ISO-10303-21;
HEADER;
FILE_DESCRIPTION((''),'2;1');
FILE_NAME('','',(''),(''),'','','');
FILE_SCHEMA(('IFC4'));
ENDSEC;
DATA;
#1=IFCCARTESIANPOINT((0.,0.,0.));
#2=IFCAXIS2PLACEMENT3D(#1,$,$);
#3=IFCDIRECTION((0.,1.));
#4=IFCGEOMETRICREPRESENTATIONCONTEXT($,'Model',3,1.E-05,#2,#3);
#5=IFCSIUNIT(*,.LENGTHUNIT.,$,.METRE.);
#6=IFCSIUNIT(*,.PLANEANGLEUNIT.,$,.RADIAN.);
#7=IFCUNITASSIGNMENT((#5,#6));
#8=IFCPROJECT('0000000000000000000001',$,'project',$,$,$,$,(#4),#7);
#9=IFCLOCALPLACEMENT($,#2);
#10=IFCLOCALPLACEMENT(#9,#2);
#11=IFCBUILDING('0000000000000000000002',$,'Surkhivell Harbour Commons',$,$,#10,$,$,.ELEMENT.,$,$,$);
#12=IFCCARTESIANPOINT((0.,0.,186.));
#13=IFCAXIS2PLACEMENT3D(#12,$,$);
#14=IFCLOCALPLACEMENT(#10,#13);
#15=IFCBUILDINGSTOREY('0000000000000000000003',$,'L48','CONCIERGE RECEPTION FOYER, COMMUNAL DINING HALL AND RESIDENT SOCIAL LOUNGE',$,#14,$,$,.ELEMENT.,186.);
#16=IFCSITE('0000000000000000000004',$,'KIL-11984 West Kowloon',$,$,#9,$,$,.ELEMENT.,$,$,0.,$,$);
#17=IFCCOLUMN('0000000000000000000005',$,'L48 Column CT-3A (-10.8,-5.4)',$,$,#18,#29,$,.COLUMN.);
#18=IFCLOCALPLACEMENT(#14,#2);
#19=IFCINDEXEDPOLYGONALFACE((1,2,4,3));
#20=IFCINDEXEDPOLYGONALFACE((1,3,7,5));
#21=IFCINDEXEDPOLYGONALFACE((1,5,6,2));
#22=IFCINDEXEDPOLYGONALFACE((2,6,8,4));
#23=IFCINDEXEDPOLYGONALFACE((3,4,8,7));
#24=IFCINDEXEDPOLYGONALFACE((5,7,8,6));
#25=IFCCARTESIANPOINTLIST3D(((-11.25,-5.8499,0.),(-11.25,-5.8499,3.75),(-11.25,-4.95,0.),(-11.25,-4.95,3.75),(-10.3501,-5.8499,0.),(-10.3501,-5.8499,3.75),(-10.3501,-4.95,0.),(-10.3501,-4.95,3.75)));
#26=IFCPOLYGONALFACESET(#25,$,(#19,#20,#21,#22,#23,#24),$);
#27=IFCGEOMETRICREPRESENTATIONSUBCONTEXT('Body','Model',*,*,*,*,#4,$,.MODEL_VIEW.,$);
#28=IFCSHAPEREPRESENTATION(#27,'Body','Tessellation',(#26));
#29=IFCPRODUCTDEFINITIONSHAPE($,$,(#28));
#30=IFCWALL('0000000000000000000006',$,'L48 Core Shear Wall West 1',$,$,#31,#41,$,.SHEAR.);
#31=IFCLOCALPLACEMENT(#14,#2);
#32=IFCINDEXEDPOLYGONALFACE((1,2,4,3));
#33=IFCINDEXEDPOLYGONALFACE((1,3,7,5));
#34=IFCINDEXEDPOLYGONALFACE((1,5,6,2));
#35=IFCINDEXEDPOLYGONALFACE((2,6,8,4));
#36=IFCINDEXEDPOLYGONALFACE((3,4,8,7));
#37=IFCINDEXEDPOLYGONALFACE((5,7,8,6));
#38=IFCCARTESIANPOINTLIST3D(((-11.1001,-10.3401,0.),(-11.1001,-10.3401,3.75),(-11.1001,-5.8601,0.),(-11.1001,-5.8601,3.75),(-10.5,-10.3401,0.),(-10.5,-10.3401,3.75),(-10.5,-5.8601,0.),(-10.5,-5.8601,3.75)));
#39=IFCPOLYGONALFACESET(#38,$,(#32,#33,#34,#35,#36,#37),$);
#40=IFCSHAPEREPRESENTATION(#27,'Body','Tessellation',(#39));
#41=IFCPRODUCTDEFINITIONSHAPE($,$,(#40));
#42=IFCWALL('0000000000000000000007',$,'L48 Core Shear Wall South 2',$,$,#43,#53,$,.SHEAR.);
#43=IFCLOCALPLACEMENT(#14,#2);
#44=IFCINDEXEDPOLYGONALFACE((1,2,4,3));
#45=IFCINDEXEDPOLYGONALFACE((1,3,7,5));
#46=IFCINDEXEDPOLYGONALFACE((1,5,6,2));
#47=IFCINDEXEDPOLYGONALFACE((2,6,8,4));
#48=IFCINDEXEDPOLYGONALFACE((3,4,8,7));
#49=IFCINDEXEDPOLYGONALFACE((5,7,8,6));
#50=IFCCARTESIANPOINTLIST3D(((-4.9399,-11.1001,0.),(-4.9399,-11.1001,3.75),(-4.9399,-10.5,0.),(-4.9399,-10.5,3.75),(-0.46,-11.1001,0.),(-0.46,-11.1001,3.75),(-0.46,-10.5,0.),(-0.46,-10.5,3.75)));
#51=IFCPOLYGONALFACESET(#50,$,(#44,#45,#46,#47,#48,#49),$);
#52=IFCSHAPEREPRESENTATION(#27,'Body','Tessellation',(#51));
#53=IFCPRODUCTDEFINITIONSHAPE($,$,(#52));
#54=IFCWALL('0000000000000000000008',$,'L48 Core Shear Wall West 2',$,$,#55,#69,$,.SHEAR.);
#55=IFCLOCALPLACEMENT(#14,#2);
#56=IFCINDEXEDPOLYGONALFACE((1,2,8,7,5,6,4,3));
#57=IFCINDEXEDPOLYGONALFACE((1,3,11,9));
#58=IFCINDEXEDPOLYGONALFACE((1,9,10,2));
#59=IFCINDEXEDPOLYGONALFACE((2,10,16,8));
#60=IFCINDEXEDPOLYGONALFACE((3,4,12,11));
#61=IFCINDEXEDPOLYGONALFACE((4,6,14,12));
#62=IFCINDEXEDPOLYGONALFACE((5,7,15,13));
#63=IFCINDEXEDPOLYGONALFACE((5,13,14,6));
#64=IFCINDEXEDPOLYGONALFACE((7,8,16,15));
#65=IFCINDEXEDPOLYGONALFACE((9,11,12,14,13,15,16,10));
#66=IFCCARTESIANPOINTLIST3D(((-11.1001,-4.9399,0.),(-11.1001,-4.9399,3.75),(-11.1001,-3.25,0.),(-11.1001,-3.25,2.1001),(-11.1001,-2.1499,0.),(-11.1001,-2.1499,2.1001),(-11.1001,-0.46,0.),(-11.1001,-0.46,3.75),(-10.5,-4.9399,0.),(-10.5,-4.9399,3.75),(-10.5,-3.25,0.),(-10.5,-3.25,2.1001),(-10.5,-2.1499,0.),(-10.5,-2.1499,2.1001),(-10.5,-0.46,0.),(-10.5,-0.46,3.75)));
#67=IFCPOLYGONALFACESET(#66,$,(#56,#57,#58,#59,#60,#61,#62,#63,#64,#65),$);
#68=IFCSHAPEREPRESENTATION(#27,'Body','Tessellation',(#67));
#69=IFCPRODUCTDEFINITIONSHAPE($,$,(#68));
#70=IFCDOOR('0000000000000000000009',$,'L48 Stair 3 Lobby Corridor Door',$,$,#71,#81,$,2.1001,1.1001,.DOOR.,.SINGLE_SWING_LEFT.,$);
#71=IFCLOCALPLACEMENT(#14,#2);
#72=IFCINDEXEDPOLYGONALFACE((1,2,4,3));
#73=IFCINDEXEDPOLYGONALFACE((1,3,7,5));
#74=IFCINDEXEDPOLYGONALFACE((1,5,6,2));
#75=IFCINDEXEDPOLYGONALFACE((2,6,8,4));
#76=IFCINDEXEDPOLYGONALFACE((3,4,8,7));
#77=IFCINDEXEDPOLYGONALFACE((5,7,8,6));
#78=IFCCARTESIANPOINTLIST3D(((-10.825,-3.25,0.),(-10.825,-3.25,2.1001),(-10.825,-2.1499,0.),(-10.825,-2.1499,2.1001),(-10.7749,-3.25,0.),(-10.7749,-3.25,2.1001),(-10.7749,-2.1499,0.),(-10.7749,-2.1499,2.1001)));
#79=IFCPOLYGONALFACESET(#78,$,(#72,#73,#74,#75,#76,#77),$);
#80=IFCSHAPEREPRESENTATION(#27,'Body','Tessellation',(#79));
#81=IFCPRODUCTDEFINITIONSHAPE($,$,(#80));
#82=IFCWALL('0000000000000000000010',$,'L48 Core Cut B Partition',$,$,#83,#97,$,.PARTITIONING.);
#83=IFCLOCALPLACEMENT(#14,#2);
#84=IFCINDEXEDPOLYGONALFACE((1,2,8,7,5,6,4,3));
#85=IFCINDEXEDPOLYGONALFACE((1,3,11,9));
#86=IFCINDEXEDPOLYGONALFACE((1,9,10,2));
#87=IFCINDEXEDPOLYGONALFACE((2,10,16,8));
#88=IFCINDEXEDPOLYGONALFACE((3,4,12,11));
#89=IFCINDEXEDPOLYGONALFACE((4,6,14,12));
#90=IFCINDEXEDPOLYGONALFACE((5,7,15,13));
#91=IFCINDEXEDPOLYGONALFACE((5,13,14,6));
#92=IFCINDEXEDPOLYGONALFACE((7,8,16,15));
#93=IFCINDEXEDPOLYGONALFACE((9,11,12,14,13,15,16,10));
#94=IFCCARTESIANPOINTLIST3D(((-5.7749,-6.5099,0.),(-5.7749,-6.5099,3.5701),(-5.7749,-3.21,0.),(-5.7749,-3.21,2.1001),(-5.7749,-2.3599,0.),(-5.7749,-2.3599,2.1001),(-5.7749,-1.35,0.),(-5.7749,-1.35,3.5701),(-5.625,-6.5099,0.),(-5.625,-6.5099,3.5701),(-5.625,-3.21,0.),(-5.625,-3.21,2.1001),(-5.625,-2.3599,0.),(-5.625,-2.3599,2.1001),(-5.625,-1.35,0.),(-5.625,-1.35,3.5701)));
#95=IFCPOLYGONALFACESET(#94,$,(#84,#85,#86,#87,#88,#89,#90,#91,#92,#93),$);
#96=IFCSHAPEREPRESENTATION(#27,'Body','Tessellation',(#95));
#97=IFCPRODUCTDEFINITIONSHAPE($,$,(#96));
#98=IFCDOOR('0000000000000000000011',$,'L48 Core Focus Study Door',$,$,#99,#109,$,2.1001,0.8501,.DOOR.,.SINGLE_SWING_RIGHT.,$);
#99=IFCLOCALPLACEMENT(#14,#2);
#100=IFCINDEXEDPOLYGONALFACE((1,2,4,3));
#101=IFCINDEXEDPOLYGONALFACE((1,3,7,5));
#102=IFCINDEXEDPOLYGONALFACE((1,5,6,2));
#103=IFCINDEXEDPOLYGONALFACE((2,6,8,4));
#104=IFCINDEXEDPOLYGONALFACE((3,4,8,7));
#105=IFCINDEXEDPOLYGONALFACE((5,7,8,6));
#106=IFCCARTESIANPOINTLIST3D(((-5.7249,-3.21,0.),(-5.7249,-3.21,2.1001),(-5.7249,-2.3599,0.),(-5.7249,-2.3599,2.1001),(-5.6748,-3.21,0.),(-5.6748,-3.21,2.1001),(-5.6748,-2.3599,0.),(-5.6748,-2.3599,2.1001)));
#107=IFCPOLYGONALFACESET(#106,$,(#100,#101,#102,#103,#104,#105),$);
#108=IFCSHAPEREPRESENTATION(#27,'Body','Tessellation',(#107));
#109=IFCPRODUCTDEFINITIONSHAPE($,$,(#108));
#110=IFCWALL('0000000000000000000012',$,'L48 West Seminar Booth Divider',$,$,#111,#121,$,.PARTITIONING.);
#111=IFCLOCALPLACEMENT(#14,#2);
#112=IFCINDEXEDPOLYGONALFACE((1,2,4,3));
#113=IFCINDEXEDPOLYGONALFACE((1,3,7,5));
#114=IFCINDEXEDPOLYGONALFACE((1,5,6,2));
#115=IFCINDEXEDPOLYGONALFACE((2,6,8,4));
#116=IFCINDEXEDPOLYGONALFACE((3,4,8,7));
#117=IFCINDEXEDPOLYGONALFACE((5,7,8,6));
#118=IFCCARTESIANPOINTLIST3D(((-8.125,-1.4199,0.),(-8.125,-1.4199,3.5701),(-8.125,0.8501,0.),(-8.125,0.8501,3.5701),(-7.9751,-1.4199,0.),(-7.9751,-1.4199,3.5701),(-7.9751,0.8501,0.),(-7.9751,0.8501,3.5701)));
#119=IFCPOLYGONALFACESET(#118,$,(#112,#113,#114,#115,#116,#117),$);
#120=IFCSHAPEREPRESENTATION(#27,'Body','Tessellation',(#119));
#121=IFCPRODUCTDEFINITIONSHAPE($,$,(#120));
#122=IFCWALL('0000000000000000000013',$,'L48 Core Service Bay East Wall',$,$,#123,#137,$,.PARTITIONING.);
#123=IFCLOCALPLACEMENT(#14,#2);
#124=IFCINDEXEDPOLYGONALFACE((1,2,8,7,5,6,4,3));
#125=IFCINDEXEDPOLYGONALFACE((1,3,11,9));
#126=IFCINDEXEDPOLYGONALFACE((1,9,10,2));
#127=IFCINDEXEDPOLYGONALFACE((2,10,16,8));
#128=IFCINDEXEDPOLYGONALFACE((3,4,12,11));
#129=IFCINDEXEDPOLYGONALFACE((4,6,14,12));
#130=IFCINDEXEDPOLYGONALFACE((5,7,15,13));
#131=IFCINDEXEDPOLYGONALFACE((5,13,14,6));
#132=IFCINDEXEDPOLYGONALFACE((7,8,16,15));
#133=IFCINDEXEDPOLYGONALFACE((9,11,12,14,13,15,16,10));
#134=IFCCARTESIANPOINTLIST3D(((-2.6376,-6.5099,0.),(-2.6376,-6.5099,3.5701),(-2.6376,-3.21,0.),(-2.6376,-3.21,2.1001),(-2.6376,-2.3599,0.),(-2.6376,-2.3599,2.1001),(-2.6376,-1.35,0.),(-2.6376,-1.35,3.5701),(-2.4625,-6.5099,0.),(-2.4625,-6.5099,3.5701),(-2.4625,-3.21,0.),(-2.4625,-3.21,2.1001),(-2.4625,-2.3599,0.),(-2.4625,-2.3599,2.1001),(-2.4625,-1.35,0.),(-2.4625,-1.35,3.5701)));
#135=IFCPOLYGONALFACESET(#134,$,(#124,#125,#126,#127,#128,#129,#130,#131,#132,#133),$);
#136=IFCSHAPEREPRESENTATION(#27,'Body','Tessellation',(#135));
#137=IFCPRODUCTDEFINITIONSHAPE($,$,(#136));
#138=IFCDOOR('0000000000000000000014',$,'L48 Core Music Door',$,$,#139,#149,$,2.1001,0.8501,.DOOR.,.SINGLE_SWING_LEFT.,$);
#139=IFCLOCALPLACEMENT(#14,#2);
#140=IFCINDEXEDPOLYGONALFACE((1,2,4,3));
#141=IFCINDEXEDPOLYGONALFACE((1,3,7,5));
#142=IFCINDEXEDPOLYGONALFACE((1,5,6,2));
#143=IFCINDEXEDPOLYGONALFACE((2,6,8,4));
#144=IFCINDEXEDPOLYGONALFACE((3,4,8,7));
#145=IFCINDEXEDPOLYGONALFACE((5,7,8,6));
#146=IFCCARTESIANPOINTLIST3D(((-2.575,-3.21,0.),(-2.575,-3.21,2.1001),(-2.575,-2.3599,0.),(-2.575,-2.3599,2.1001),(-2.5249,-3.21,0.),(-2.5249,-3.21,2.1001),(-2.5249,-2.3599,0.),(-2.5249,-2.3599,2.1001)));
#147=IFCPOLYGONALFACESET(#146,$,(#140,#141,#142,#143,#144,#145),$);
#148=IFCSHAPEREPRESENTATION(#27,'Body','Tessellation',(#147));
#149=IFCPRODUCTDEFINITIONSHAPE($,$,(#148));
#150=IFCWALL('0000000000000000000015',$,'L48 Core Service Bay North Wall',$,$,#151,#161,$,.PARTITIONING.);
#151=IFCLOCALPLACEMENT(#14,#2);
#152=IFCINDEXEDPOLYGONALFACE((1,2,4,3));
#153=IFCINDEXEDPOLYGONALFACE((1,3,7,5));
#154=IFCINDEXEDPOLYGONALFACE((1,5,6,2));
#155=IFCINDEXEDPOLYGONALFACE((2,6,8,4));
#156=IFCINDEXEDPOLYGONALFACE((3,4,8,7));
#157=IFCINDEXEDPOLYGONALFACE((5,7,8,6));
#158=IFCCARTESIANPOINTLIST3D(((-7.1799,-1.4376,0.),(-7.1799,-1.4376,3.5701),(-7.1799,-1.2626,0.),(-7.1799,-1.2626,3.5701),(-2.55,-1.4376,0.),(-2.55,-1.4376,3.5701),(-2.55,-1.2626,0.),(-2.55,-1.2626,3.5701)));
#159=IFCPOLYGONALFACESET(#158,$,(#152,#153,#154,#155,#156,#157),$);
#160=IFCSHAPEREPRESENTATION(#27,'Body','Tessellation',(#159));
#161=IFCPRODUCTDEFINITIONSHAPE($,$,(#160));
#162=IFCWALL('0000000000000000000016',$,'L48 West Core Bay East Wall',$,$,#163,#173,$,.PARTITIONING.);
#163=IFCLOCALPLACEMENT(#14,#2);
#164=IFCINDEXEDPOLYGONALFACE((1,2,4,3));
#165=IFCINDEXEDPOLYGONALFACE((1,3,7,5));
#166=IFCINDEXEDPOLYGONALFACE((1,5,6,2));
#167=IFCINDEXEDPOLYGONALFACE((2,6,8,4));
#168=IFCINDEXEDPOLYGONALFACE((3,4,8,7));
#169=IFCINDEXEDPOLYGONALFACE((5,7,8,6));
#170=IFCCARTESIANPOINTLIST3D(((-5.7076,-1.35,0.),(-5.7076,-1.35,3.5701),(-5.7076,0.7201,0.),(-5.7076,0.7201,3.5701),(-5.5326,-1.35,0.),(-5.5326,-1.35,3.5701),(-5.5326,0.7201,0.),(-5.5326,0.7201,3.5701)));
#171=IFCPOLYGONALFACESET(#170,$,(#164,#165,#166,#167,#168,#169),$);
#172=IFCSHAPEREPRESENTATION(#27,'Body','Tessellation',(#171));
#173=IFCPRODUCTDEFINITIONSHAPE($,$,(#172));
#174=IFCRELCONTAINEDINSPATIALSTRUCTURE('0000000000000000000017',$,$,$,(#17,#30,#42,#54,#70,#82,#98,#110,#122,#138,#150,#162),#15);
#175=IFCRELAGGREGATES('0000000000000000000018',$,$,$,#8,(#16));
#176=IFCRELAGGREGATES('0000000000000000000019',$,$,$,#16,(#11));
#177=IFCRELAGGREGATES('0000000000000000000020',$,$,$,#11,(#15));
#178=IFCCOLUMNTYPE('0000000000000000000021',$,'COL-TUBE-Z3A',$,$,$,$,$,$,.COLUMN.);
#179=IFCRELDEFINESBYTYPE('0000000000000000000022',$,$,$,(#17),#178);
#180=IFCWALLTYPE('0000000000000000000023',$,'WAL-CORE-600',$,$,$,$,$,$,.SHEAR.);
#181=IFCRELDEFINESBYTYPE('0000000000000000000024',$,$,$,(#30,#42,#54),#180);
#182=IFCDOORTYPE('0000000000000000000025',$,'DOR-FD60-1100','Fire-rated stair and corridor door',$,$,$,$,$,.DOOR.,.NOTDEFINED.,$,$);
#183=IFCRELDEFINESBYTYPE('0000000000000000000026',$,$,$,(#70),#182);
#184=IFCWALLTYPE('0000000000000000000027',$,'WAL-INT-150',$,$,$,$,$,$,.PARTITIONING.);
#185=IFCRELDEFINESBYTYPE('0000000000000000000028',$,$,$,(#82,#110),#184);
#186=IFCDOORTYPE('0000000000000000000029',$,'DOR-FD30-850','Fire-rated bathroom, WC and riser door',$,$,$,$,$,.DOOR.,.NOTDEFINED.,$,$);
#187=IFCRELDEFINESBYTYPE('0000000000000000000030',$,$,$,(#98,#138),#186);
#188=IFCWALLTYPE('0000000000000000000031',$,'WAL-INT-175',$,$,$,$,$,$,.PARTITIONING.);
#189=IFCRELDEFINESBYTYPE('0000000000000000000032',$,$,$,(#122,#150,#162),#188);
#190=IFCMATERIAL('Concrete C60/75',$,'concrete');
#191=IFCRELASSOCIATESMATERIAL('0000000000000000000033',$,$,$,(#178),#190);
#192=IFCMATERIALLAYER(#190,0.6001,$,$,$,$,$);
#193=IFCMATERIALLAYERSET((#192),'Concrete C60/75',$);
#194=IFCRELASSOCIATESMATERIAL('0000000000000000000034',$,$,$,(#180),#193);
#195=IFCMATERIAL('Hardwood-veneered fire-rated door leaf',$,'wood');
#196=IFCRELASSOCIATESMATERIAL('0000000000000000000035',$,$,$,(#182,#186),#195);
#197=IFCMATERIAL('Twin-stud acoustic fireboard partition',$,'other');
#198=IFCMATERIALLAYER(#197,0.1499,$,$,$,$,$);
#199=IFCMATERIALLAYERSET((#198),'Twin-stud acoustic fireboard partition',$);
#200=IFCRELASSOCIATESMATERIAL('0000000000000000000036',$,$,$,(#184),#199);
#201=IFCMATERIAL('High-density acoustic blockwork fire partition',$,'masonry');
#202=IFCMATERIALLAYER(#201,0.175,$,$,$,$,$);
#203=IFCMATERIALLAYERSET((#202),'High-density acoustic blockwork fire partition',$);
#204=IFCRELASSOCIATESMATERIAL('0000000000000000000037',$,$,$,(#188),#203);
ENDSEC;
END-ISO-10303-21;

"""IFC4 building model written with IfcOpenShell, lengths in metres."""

from ifc_helpers import new_model, si_unit, direction, frame, frame_2d, origin, origin_2d, place, context, subcontext, project, spatial, rectangle, extrude, material, layer, layer_set, material_profile, profile_set, type_object, element, fill, save


model = new_model("IFC4")

# Units and contexts
model_context = context("Model", 3, precision=1e-05, world=origin(), true_north=direction((0.0, 1.0)))
body_context = subcontext(model_context, "Body", "Model", "MODEL_VIEW")
ifc_project = project(units=[si_unit("LENGTHUNIT", "METRE"), si_unit("PLANEANGLEUNIT", "RADIAN")], contexts=[model_context])

# Site, building, storey
site_placement = place(None, origin())
site = spatial("IfcSite", under=ifc_project, at=site_placement, Name="KIL-11984 West Kowloon", CompositionType="ELEMENT", RefElevation=0.0)
building_placement = place(site_placement, origin())
building = spatial("IfcBuilding", under=site, at=building_placement, Name="Surkhivell Harbour Commons", CompositionType="ELEMENT")
storey_placement = place(building_placement, frame((0.0, 0.0, 186.0)))
storey = spatial("IfcBuildingStorey", under=building, at=storey_placement, Name="L48", Description="CONCIERGE RECEPTION FOYER, COMMUNAL DINING HALL AND RESIDENT SOCIAL LOUNGE", CompositionType="ELEMENT", Elevation=186.0)

# Column
ifc_material_1 = material(Name="Concrete C60/75", Category="concrete")
ifc_material_profile = material_profile(ifc_material_1, rectangle(XDim=0.8999, YDim=0.8999, at=origin_2d()), Name="RC-COL-900x900")
ifc_profile_set = profile_set([ifc_material_profile], Name="Concrete C60/75")
column_type = type_object("IfcColumnType", Name="COL-TUBE-Z3A", PredefinedType="COLUMN", material=ifc_profile_set)
column_placement = place(storey_placement, frame((-10.8, -5.3999, 0.0), z_axis=(0.0, 0.0, 1.0), x_axis=(1.0, 0.0, 0.0)))
element("IfcColumn", 1, at=column_placement, inside=storey, type_object=column_type, Name="L48 Column CT-3A (-10.8,-5.4)", PredefinedType="COLUMN", context=body_context, shape_type="SweptSolid", body=[
    extrude(rectangle(XDim=0.8999, YDim=0.8999, at=origin_2d()), origin(), (0.0, 0.0, 1.0), 3.75),
])

# Walls
ifc_layer_1 = layer(ifc_material_1, 0.6001)
ifc_layer_set_1 = layer_set([ifc_layer_1], Name="Concrete C60/75")
wall_type_1 = type_object("IfcWallType", Name="WAL-CORE-600", PredefinedType="SHEAR", material=ifc_layer_set_1)
for number, where, z_axis, x_axis, name in (
    (2, (-10.8, -10.3401, 0.0), (0.0, 0.0, 1.0), (0.0, 1.0, 0.0), "L48 Core Shear Wall West 1"),
    (3, (-4.9399, -10.8, 0.0), (0.0, 0.0, 1.0), (1.0, 0.0, 0.0), "L48 Core Shear Wall South 2"),
):
    element("IfcWall", number, at=place(storey_placement, frame(where, z_axis=z_axis, x_axis=x_axis)), inside=storey, type_object=wall_type_1, Name=name, PredefinedType="SHEAR", context=body_context, shape_type="SweptSolid", body=[
        extrude(rectangle(XDim=4.48, YDim=0.6001, at=frame_2d((2.24, 0.0))), origin(), (0.0, 0.0, 1.0), 3.75),
    ])

# Walls, openings, doors
wall_1_placement = place(storey_placement, frame((-10.8, -4.9399, 0.0), z_axis=(0.0, 0.0, 1.0), x_axis=(0.0, 1.0, 0.0)))
wall_1 = element("IfcWall", 4, at=wall_1_placement, inside=storey, type_object=wall_type_1, Name="L48 Core Shear Wall West 2", PredefinedType="SHEAR", context=body_context, shape_type="SweptSolid", body=[
    extrude(rectangle(XDim=4.48, YDim=0.6001, at=frame_2d((2.24, 0.0))), origin(), (0.0, 0.0, 1.0), 3.75),
])
opening_1_placement = place(wall_1_placement, frame((1.6899, 0.0, 0.0)))
opening_1 = element("IfcOpeningElement", 5, at=opening_1_placement, cuts=wall_1, PredefinedType="OPENING", context=body_context, shape_type="SweptSolid", body=[
    extrude(rectangle(XDim=1.1001, YDim=2.1001, at=frame_2d((0.55, 1.05))), frame((0.0, 0.3101, 0.0), z_axis=(0.0, -1.0, 0.0), x_axis=(1.0, 0.0, 0.0)), (0.0, 0.0, 1.0), 0.6201),
])
ifc_material_2 = material(Name="Hardwood-veneered fire-rated door leaf", Category="wood")
door_type_1 = type_object("IfcDoorType", Name="DOR-FD60-1100", Description="Fire-rated stair and corridor door", OperationType="NOTDEFINED", PredefinedType="DOOR", material=ifc_material_2)
door_1_placement = place(opening_1_placement, origin())
door_1 = element("IfcDoor", 6, at=door_1_placement, inside=storey, type_object=door_type_1, Name="L48 Stair 3 Lobby Corridor Door", OperationType="SINGLE_SWING_LEFT", OverallHeight=2.1001, OverallWidth=1.1001, PredefinedType="DOOR", context=body_context, shape_type="SweptSolid", body=[
    extrude(rectangle(XDim=1.1001, YDim=2.1001, at=frame_2d((0.55, 1.05))), frame((0.0, 0.0249, 0.0), z_axis=(0.0, -1.0, 0.0), x_axis=(1.0, 0.0, 0.0)), (0.0, 0.0, 1.0), 0.05),
])
fill(opening_1, door_1)
ifc_material_3 = material(Name="Twin-stud acoustic fireboard partition", Category="other")
ifc_layer_2 = layer(ifc_material_3, 0.1499)
ifc_layer_set_2 = layer_set([ifc_layer_2], Name="Twin-stud acoustic fireboard partition")
wall_type_2 = type_object("IfcWallType", Name="WAL-INT-150", PredefinedType="PARTITIONING", material=ifc_layer_set_2)
wall_2_placement = place(storey_placement, frame((-5.7, -6.51, 0.0), z_axis=(0.0, 0.0, 1.0), x_axis=(0.0, 1.0, 0.0)))
wall_2 = element("IfcWall", 7, at=wall_2_placement, inside=storey, type_object=wall_type_2, Name="L48 Core Cut B Partition", PredefinedType="PARTITIONING", context=body_context, shape_type="SweptSolid", body=[
    extrude(rectangle(XDim=5.1599, YDim=0.1499, at=frame_2d((2.5801, 0.0))), origin(), (0.0, 0.0, 1.0), 3.5701),
])
opening_2_placement = place(wall_2_placement, frame((3.3, 0.0, 0.0)))
opening_2 = element("IfcOpeningElement", 8, at=opening_2_placement, cuts=wall_2, PredefinedType="OPENING", context=body_context, shape_type="SweptSolid", body=[
    extrude(rectangle(XDim=0.8501, YDim=2.1001, at=frame_2d((0.425, 1.05))), frame((0.0, 0.085, 0.0), z_axis=(0.0, -1.0, 0.0), x_axis=(1.0, 0.0, 0.0)), (0.0, 0.0, 1.0), 0.1699),
])
door_type_2 = type_object("IfcDoorType", Name="DOR-FD30-850", Description="Fire-rated bathroom, WC and riser door", OperationType="NOTDEFINED", PredefinedType="DOOR", material=ifc_material_2)
door_2_placement = place(opening_2_placement, origin())
door_2 = element("IfcDoor", 9, at=door_2_placement, inside=storey, type_object=door_type_2, Name="L48 Core Focus Study Door", OperationType="SINGLE_SWING_RIGHT", OverallHeight=2.1001, OverallWidth=0.8501, PredefinedType="DOOR", context=body_context, shape_type="SweptSolid", body=[
    extrude(rectangle(XDim=0.8501, YDim=2.1001, at=frame_2d((0.425, 1.05))), frame((0.0, 0.0249, 0.0), z_axis=(0.0, -1.0, 0.0), x_axis=(1.0, 0.0, 0.0)), (0.0, 0.0, 1.0), 0.05),
])
fill(opening_2, door_2)

# Wall
wall_3_placement = place(storey_placement, frame((-8.05, -1.4199, 0.0), z_axis=(0.0, 0.0, 1.0), x_axis=(0.0, 1.0, 0.0)))
element("IfcWall", 10, at=wall_3_placement, inside=storey, type_object=wall_type_2, Name="L48 West Seminar Booth Divider", PredefinedType="PARTITIONING", context=body_context, shape_type="SweptSolid", body=[
    extrude(rectangle(XDim=2.27, YDim=0.1499, at=frame_2d((1.135, 0.0))), origin(), (0.0, 0.0, 1.0), 3.5701),
])

# Wall, opening, door
ifc_material_4 = material(Name="High-density acoustic blockwork fire partition", Category="masonry")
ifc_layer_3 = layer(ifc_material_4, 0.175)
ifc_layer_set_3 = layer_set([ifc_layer_3], Name="High-density acoustic blockwork fire partition")
wall_type_3 = type_object("IfcWallType", Name="WAL-INT-175", PredefinedType="PARTITIONING", material=ifc_layer_set_3)
wall_4_placement = place(storey_placement, frame((-2.55, -6.51, 0.0), z_axis=(0.0, 0.0, 1.0), x_axis=(0.0, 1.0, 0.0)))
wall_4 = element("IfcWall", 11, at=wall_4_placement, inside=storey, type_object=wall_type_3, Name="L48 Core Service Bay East Wall", PredefinedType="PARTITIONING", context=body_context, shape_type="SweptSolid", body=[
    extrude(rectangle(XDim=5.1599, YDim=0.175, at=frame_2d((2.5801, 0.0))), origin(), (0.0, 0.0, 1.0), 3.5701),
])
opening_3_placement = place(wall_4_placement, frame((3.3, 0.0, 0.0)))
opening_3 = element("IfcOpeningElement", 12, at=opening_3_placement, cuts=wall_4, PredefinedType="OPENING", context=body_context, shape_type="SweptSolid", body=[
    extrude(rectangle(XDim=0.8501, YDim=2.1001, at=frame_2d((0.425, 1.05))), frame((0.0, 0.0974, 0.0), z_axis=(0.0, -1.0, 0.0), x_axis=(1.0, 0.0, 0.0)), (0.0, 0.0, 1.0), 0.1951),
])
door_3_placement = place(opening_3_placement, origin())
door_3 = element("IfcDoor", 13, at=door_3_placement, inside=storey, type_object=door_type_2, Name="L48 Core Music Door", OperationType="SINGLE_SWING_LEFT", OverallHeight=2.1001, OverallWidth=0.8501, PredefinedType="DOOR", context=body_context, shape_type="SweptSolid", body=[
    extrude(rectangle(XDim=0.8501, YDim=2.1001, at=frame_2d((0.425, 1.05))), frame((0.0, 0.0249, 0.0), z_axis=(0.0, -1.0, 0.0), x_axis=(1.0, 0.0, 0.0)), (0.0, 0.0, 1.0), 0.05),
])
fill(opening_3, door_3)

# Walls
wall_5_placement = place(storey_placement, frame((-7.1799, -1.3501, 0.0), z_axis=(0.0, 0.0, 1.0), x_axis=(1.0, 0.0, 0.0)))
element("IfcWall", 14, at=wall_5_placement, inside=storey, type_object=wall_type_3, Name="L48 Core Service Bay North Wall", PredefinedType="PARTITIONING", context=body_context, shape_type="SweptSolid", body=[
    extrude(rectangle(XDim=4.6299, YDim=0.175, at=frame_2d((2.3149, 0.0))), origin(), (0.0, 0.0, 1.0), 3.5701),
])
wall_6_placement = place(storey_placement, frame((-5.6201, -1.3501, 0.0), z_axis=(0.0, 0.0, 1.0), x_axis=(0.0, 1.0, 0.0)))
element("IfcWall", 15, at=wall_6_placement, inside=storey, type_object=wall_type_3, Name="L48 West Core Bay East Wall", PredefinedType="PARTITIONING", context=body_context, shape_type="SweptSolid", body=[
    extrude(rectangle(XDim=2.0701, YDim=0.175, at=frame_2d((1.0352, 0.0))), origin(), (0.0, 0.0, 1.0), 3.5701),
])

save(model, "model.ifc")
